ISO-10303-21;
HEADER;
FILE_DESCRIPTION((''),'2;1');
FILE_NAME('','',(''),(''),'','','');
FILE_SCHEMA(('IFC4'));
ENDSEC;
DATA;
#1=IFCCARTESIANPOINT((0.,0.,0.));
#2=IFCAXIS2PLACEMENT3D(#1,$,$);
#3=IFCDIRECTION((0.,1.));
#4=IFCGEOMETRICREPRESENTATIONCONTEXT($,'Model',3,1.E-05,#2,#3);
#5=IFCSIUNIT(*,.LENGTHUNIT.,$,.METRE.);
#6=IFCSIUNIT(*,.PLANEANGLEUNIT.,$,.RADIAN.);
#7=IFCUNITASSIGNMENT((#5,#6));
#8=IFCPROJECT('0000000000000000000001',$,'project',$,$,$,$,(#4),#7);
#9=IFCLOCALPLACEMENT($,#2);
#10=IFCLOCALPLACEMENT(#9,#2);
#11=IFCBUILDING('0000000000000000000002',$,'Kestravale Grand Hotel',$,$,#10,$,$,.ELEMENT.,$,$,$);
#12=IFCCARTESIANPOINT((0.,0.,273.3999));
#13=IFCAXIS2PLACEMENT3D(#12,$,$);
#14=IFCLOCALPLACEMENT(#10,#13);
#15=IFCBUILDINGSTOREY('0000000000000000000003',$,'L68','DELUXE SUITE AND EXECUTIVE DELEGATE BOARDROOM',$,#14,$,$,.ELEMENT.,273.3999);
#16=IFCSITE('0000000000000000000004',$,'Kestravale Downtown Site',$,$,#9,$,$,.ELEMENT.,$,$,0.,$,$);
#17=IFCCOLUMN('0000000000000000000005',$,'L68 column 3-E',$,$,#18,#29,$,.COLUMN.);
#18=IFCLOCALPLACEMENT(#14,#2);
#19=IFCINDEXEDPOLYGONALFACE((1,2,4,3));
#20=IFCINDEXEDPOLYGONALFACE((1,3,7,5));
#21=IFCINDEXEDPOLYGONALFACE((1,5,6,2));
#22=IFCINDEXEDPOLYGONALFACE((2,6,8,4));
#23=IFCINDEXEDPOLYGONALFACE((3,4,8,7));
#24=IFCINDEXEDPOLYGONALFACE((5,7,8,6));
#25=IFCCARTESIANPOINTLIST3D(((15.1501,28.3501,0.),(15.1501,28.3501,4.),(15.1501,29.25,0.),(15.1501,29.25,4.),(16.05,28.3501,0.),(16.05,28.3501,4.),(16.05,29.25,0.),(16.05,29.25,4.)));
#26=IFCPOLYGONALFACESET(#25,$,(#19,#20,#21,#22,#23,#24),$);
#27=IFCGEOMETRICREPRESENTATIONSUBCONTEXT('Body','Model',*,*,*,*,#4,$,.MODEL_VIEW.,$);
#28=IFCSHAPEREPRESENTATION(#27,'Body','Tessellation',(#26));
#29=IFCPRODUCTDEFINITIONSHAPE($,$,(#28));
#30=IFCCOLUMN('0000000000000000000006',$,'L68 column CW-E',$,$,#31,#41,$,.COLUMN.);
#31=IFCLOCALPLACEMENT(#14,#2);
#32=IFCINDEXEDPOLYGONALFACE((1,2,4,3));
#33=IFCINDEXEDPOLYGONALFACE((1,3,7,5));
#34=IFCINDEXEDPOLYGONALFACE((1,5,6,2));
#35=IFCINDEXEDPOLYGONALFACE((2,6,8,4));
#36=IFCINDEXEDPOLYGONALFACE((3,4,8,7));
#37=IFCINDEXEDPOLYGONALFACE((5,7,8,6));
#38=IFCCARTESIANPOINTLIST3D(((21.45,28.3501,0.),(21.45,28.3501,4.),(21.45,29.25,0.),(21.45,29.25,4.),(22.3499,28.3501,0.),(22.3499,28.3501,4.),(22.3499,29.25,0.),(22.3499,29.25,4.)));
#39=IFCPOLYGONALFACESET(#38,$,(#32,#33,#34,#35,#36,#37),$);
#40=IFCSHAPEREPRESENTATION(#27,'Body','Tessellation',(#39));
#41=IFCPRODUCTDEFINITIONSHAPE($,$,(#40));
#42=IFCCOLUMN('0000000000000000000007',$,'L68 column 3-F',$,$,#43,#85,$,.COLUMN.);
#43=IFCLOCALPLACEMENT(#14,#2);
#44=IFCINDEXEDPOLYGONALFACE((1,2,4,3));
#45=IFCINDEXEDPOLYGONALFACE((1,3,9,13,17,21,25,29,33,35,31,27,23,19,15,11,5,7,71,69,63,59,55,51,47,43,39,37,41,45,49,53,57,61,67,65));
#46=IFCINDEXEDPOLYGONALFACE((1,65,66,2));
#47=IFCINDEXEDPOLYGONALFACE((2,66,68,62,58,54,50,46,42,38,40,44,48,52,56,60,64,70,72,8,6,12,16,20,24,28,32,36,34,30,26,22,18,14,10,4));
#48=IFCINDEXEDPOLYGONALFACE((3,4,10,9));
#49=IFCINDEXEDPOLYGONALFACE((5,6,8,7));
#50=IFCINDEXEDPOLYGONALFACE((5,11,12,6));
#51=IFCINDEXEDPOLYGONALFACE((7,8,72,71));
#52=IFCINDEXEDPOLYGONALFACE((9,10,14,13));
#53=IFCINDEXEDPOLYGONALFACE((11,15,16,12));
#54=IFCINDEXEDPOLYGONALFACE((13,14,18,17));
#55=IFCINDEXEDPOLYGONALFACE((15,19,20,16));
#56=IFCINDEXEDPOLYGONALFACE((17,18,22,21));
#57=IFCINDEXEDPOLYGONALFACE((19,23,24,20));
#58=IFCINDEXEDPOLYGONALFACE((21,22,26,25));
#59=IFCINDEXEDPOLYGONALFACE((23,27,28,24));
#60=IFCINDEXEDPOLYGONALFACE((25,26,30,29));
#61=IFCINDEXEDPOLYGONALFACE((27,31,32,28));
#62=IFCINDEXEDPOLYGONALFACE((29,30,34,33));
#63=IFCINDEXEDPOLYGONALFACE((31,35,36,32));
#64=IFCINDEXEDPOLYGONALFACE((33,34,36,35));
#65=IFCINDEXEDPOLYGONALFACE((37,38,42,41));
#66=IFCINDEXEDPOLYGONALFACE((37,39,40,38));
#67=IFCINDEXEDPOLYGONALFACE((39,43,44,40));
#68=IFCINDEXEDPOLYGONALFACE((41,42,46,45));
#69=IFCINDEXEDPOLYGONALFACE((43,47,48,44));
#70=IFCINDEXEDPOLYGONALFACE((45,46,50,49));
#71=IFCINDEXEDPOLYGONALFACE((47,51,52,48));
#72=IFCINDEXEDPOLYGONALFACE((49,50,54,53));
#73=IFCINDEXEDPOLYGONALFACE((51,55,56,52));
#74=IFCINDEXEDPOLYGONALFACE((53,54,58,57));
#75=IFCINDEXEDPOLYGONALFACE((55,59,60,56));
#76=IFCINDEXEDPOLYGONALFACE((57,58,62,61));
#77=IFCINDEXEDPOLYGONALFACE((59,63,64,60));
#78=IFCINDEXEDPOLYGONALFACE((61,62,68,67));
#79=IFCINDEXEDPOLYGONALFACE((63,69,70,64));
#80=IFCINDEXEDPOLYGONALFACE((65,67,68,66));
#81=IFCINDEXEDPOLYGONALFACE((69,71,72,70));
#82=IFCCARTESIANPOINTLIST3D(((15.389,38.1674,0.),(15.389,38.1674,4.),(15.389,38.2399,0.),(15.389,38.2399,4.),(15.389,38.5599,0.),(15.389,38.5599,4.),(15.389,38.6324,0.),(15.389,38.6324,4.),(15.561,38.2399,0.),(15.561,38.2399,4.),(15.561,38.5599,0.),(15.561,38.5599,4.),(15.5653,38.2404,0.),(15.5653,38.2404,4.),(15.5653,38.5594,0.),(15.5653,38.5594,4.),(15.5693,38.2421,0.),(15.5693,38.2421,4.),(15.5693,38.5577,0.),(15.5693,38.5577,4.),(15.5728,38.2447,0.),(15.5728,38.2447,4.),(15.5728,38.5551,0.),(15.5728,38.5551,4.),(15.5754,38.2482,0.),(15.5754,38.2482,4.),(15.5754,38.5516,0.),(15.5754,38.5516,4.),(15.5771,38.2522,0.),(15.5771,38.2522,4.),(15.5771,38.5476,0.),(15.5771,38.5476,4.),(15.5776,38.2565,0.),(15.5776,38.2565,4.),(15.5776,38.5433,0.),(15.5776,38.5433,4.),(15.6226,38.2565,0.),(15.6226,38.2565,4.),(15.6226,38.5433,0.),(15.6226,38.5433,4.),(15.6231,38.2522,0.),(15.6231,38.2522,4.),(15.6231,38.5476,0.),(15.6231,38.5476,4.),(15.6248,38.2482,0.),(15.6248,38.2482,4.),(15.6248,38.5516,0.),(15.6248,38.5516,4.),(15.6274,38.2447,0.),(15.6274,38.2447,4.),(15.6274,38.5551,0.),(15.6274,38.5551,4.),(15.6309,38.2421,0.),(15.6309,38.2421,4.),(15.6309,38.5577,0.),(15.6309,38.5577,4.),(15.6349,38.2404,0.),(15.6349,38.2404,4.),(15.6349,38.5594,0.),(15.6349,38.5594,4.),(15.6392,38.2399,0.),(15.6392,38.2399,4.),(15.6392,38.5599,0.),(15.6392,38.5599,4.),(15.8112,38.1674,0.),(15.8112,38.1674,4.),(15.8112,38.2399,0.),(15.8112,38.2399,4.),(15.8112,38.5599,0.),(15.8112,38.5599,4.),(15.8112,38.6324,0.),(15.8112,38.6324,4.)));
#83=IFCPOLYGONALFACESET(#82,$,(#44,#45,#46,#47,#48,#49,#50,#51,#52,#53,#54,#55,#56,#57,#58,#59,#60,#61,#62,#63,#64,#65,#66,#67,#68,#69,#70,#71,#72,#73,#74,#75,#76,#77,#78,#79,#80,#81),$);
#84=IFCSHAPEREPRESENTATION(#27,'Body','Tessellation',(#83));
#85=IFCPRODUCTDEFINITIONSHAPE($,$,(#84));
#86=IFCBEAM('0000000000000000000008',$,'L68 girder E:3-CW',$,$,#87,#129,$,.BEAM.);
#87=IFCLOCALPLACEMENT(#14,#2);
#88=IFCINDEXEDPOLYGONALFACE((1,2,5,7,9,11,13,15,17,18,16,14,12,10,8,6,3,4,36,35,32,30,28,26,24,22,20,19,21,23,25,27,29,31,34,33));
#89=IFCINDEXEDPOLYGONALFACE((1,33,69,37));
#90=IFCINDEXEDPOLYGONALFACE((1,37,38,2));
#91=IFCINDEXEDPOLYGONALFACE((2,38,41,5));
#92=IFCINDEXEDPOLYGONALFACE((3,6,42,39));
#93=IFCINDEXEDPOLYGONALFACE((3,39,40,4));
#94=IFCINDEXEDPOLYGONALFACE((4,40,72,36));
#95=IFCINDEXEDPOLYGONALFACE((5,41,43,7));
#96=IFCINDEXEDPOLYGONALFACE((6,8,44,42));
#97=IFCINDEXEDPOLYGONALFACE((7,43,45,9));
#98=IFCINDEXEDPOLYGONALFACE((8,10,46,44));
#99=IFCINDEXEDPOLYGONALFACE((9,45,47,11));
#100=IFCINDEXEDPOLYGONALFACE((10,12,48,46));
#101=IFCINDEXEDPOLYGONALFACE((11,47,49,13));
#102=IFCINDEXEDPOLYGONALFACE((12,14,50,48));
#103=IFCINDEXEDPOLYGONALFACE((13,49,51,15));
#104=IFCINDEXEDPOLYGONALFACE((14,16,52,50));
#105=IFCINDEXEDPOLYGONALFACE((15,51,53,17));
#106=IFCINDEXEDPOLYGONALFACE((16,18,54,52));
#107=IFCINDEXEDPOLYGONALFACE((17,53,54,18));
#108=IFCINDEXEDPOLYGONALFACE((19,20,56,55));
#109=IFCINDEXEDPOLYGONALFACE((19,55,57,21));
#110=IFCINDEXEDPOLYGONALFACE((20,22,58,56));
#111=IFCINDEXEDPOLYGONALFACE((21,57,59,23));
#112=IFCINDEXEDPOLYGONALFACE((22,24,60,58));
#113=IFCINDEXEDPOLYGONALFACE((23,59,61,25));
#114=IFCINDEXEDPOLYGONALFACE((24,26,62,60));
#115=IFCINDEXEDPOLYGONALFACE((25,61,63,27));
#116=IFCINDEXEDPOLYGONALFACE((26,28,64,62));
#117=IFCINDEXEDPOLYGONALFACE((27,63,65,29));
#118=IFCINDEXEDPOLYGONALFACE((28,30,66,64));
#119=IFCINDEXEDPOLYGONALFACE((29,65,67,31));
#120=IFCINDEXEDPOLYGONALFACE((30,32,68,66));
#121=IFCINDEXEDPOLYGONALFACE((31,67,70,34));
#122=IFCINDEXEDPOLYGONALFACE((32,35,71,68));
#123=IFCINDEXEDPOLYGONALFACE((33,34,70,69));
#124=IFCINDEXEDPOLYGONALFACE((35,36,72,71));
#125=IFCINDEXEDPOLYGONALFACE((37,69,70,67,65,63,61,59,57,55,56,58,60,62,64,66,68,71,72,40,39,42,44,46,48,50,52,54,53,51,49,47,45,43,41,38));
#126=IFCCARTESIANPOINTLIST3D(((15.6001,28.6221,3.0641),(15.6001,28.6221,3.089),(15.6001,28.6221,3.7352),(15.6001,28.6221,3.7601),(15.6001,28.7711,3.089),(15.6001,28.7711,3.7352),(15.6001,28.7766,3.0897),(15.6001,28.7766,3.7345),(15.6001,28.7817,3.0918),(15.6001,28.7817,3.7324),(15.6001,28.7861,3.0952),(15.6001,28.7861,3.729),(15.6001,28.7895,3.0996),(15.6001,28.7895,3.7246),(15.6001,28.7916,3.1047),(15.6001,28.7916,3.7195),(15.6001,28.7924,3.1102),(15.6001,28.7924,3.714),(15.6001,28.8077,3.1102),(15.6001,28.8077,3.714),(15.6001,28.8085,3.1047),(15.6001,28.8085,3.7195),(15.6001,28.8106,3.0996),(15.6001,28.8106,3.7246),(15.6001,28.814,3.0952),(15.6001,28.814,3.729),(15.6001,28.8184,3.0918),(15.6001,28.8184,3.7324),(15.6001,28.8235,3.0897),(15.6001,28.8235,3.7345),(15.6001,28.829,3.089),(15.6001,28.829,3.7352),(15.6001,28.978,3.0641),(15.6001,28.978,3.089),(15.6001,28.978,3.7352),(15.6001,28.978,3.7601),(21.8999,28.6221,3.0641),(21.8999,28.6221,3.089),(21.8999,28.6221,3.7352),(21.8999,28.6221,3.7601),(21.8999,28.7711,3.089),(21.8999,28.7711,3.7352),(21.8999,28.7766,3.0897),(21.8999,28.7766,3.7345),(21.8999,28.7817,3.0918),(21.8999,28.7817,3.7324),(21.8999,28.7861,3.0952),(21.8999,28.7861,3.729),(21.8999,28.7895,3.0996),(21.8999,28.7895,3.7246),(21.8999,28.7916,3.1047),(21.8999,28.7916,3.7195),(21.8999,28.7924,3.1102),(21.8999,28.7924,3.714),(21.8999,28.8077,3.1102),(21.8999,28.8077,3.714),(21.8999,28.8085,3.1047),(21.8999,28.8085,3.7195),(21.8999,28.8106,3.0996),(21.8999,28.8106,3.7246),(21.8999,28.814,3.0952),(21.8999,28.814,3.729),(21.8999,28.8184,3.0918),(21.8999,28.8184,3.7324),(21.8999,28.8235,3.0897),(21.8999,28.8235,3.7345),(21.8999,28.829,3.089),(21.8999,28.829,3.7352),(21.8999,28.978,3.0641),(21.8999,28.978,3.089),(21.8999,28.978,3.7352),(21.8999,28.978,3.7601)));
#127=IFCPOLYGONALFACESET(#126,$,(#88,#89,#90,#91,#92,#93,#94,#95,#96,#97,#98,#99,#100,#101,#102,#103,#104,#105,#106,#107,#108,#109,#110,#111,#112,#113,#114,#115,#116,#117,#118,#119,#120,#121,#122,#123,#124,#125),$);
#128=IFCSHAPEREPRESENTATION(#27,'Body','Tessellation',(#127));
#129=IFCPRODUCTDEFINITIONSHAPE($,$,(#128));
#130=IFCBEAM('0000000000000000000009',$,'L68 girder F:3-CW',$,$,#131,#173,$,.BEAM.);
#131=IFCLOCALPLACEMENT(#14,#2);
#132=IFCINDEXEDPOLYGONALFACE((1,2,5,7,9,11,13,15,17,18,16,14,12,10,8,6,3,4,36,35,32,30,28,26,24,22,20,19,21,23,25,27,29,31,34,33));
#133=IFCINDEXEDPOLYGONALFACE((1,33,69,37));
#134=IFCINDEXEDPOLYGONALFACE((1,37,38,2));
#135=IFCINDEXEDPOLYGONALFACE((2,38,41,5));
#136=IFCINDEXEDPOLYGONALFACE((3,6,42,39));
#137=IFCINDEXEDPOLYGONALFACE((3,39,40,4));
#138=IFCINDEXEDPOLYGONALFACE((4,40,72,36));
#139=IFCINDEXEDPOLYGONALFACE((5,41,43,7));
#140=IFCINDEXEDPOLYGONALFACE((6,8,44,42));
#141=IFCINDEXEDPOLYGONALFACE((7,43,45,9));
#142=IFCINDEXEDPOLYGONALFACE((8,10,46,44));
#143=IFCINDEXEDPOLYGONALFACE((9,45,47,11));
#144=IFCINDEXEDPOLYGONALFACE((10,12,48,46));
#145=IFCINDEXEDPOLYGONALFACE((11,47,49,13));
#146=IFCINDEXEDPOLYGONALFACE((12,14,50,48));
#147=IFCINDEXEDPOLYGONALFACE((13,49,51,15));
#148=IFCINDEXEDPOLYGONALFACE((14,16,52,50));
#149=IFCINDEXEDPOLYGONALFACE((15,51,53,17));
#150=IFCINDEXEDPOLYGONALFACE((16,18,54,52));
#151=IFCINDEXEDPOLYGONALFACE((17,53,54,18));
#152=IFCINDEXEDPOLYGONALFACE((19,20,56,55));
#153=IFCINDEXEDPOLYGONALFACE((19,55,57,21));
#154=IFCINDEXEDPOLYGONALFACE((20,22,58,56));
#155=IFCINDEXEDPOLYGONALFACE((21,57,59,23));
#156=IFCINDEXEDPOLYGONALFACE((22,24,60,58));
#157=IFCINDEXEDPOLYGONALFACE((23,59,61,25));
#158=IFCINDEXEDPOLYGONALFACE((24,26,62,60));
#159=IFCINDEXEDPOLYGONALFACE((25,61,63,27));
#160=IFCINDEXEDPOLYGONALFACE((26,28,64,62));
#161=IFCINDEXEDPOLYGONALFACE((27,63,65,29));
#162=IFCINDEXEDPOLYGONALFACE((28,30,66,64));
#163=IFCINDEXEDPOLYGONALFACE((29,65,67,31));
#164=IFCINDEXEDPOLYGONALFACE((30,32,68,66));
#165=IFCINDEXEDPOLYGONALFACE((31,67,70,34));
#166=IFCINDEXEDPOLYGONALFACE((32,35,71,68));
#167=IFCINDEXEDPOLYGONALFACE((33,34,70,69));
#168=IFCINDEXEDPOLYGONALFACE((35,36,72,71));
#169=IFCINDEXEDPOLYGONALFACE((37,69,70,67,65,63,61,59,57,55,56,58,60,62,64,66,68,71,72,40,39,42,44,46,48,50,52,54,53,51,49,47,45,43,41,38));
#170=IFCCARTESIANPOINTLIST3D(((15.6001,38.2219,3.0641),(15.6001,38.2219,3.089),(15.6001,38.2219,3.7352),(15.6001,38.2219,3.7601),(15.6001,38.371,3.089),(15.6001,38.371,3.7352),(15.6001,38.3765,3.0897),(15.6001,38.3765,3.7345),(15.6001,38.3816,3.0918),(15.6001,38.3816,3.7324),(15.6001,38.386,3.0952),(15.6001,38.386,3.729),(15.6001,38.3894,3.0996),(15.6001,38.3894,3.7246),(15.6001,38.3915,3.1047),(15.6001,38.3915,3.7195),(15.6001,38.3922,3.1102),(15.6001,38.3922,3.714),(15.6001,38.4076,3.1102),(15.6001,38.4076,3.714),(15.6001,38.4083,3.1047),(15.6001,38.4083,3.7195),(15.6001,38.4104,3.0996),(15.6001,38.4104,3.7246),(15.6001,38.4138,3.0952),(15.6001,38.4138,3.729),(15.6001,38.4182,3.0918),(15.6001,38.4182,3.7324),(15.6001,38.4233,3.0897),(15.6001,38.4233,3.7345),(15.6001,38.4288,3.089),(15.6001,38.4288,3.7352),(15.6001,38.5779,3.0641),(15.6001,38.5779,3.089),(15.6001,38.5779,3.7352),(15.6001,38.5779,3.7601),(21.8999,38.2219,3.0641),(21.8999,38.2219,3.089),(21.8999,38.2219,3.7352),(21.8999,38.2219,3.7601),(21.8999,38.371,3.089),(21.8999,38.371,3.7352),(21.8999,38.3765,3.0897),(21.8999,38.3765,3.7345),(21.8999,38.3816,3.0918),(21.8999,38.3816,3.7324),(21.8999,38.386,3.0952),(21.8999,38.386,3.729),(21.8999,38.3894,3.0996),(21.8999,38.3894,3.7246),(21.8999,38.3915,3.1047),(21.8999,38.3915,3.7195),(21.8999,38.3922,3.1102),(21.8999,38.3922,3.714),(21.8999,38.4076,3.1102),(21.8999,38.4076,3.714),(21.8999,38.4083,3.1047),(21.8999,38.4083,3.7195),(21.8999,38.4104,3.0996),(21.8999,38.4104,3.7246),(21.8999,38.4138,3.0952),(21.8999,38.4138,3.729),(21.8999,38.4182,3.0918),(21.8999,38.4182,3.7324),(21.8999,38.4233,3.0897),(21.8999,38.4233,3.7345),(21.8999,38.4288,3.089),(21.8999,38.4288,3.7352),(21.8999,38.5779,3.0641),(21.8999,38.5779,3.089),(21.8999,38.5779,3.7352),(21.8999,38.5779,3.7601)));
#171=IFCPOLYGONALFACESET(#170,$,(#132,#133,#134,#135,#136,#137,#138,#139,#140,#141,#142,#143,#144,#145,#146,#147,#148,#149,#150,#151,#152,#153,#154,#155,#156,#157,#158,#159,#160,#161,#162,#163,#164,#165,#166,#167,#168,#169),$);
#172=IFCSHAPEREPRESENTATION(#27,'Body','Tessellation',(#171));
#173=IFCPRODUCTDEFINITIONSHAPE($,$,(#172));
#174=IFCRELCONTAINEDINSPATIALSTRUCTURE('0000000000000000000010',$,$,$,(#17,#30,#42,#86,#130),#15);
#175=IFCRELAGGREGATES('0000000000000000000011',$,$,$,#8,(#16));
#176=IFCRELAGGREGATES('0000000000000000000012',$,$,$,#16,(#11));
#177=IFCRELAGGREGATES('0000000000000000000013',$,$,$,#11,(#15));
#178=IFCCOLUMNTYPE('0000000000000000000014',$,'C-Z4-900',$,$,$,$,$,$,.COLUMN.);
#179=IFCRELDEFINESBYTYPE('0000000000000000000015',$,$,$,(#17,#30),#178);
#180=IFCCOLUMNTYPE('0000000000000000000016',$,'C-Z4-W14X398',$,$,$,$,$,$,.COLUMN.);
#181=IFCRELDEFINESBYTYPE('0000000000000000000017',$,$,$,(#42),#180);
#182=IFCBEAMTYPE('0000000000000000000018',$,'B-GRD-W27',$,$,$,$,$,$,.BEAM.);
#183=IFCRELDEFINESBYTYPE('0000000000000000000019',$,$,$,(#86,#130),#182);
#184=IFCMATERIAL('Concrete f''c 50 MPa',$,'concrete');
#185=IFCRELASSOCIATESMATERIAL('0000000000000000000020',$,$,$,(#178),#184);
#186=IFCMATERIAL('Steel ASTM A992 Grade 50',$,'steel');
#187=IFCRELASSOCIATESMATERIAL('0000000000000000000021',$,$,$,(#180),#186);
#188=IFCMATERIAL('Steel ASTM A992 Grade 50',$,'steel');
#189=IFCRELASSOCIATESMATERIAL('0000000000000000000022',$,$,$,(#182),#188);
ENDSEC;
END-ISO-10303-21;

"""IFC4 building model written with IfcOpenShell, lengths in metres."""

from ifc_helpers import new_model, si_unit, direction, frame, origin, origin_2d, place, context, subcontext, project, spatial, rectangle, i_section, extrude, material, material_profile, profile_set, type_object, element, save


model = new_model("IFC4")

# Units and contexts
model_context = context("Model", 3, precision=1e-05, world=origin(), true_north=direction((0.0, 1.0)))
body_context = subcontext(model_context, "Body", "Model", "MODEL_VIEW")
ifc_project = project(units=[si_unit("LENGTHUNIT", "METRE"), si_unit("PLANEANGLEUNIT", "RADIAN")], contexts=[model_context])

# Site, building, storey
site_placement = place(None, origin())
site = spatial("IfcSite", under=ifc_project, at=site_placement, Name="Kestravale Downtown Site", CompositionType="ELEMENT", RefElevation=0.0)
building_placement = place(site_placement, origin())
building = spatial("IfcBuilding", under=site, at=building_placement, Name="Kestravale Grand Hotel", CompositionType="ELEMENT")
storey_placement = place(building_placement, frame((0.0, 0.0, 273.3999)))
storey = spatial("IfcBuildingStorey", under=building, at=storey_placement, Name="L68", Description="DELUXE SUITE AND EXECUTIVE DELEGATE BOARDROOM", CompositionType="ELEMENT", Elevation=273.3999)

# Columns
ifc_material_1 = material(Name="Concrete f'c 50 MPa", Category="concrete")
ifc_material_profile_1 = material_profile(ifc_material_1, rectangle(XDim=0.8999, YDim=0.8999, at=origin_2d()))
ifc_profile_set_1 = profile_set([ifc_material_profile_1], Name="Concrete f'c 50 MPa")
column_type_1 = type_object("IfcColumnType", Name="C-Z4-900", PredefinedType="COLUMN", material=ifc_profile_set_1)
for number, where, z_axis, x_axis, name in (
    (1, (15.6001, 28.8, 0.0), (0.0, 0.0, 1.0), (1.0, 0.0, 0.0), "L68 column 3-E"),
    (2, (21.8999, 28.8, 0.0), (0.0, 0.0, 1.0), (1.0, 0.0, 0.0), "L68 column CW-E"),
):
    element("IfcColumn", number, at=place(storey_placement, frame(where, z_axis=z_axis, x_axis=x_axis)), inside=storey, type_object=column_type_1, Name=name, PredefinedType="COLUMN", context=body_context, shape_type="SweptSolid", body=[
        extrude(rectangle(XDim=0.8999, YDim=0.8999, at=origin_2d()), origin(), (0.0, 0.0, 1.0), 4.0),
    ])
ifc_material_2 = material(Name="Steel ASTM A992 Grade 50", Category="steel")
ifc_material_profile_2 = material_profile(ifc_material_2, i_section(OverallWidth=0.4221, OverallDepth=0.4651, WebThickness=0.0449, FlangeThickness=0.0725, FilletRadius=0.0166, at=origin_2d()))
ifc_profile_set_2 = profile_set([ifc_material_profile_2], Name="Steel ASTM A992 Grade 50")
column_type_2 = type_object("IfcColumnType", Name="C-Z4-W14X398", PredefinedType="COLUMN", material=ifc_profile_set_2)
column_placement = place(storey_placement, frame((15.6001, 38.3999, 0.0), z_axis=(0.0, 0.0, 1.0), x_axis=(1.0, 0.0, 0.0)))
element("IfcColumn", 3, at=column_placement, inside=storey, type_object=column_type_2, Name="L68 column 3-F", PredefinedType="COLUMN", context=body_context, shape_type="SweptSolid", body=[
    extrude(i_section(OverallWidth=0.4221, OverallDepth=0.4651, WebThickness=0.0449, FlangeThickness=0.0725, FilletRadius=0.0166, at=origin_2d()), origin(), (0.0, 0.0, 1.0), 4.0),
])

# Beams
ifc_material_3 = material(Name="Steel ASTM A992 Grade 50", Category="steel")
ifc_material_profile_3 = material_profile(ifc_material_3, i_section(OverallWidth=0.356, OverallDepth=0.696, WebThickness=0.0154, FlangeThickness=0.0249, FilletRadius=0.0212, at=origin_2d()))
ifc_profile_set_3 = profile_set([ifc_material_profile_3], Name="Steel ASTM A992 Grade 50")
beam_type = type_object("IfcBeamType", Name="B-GRD-W27", PredefinedType="BEAM", material=ifc_profile_set_3)
for number, where, z_axis, x_axis, name in (
    (4, (15.6001, 28.8, 3.4121), (1.0, 0.0, 0.0), (0.0, 1.0, 0.0), "L68 girder E:3-CW"),
    (5, (15.6001, 38.3999, 3.4121), (1.0, 0.0, 0.0), (0.0, 1.0, 0.0), "L68 girder F:3-CW"),
):
    element("IfcBeam", number, at=place(storey_placement, frame(where, z_axis=z_axis, x_axis=x_axis)), inside=storey, type_object=beam_type, Name=name, PredefinedType="BEAM", context=body_context, shape_type="SweptSolid", body=[
        extrude(i_section(OverallWidth=0.356, OverallDepth=0.696, WebThickness=0.0154, FlangeThickness=0.0249, FilletRadius=0.0212, at=origin_2d()), origin(), (0.0, 0.0, 1.0), 6.2998),
    ])

save(model, "model.ifc")
